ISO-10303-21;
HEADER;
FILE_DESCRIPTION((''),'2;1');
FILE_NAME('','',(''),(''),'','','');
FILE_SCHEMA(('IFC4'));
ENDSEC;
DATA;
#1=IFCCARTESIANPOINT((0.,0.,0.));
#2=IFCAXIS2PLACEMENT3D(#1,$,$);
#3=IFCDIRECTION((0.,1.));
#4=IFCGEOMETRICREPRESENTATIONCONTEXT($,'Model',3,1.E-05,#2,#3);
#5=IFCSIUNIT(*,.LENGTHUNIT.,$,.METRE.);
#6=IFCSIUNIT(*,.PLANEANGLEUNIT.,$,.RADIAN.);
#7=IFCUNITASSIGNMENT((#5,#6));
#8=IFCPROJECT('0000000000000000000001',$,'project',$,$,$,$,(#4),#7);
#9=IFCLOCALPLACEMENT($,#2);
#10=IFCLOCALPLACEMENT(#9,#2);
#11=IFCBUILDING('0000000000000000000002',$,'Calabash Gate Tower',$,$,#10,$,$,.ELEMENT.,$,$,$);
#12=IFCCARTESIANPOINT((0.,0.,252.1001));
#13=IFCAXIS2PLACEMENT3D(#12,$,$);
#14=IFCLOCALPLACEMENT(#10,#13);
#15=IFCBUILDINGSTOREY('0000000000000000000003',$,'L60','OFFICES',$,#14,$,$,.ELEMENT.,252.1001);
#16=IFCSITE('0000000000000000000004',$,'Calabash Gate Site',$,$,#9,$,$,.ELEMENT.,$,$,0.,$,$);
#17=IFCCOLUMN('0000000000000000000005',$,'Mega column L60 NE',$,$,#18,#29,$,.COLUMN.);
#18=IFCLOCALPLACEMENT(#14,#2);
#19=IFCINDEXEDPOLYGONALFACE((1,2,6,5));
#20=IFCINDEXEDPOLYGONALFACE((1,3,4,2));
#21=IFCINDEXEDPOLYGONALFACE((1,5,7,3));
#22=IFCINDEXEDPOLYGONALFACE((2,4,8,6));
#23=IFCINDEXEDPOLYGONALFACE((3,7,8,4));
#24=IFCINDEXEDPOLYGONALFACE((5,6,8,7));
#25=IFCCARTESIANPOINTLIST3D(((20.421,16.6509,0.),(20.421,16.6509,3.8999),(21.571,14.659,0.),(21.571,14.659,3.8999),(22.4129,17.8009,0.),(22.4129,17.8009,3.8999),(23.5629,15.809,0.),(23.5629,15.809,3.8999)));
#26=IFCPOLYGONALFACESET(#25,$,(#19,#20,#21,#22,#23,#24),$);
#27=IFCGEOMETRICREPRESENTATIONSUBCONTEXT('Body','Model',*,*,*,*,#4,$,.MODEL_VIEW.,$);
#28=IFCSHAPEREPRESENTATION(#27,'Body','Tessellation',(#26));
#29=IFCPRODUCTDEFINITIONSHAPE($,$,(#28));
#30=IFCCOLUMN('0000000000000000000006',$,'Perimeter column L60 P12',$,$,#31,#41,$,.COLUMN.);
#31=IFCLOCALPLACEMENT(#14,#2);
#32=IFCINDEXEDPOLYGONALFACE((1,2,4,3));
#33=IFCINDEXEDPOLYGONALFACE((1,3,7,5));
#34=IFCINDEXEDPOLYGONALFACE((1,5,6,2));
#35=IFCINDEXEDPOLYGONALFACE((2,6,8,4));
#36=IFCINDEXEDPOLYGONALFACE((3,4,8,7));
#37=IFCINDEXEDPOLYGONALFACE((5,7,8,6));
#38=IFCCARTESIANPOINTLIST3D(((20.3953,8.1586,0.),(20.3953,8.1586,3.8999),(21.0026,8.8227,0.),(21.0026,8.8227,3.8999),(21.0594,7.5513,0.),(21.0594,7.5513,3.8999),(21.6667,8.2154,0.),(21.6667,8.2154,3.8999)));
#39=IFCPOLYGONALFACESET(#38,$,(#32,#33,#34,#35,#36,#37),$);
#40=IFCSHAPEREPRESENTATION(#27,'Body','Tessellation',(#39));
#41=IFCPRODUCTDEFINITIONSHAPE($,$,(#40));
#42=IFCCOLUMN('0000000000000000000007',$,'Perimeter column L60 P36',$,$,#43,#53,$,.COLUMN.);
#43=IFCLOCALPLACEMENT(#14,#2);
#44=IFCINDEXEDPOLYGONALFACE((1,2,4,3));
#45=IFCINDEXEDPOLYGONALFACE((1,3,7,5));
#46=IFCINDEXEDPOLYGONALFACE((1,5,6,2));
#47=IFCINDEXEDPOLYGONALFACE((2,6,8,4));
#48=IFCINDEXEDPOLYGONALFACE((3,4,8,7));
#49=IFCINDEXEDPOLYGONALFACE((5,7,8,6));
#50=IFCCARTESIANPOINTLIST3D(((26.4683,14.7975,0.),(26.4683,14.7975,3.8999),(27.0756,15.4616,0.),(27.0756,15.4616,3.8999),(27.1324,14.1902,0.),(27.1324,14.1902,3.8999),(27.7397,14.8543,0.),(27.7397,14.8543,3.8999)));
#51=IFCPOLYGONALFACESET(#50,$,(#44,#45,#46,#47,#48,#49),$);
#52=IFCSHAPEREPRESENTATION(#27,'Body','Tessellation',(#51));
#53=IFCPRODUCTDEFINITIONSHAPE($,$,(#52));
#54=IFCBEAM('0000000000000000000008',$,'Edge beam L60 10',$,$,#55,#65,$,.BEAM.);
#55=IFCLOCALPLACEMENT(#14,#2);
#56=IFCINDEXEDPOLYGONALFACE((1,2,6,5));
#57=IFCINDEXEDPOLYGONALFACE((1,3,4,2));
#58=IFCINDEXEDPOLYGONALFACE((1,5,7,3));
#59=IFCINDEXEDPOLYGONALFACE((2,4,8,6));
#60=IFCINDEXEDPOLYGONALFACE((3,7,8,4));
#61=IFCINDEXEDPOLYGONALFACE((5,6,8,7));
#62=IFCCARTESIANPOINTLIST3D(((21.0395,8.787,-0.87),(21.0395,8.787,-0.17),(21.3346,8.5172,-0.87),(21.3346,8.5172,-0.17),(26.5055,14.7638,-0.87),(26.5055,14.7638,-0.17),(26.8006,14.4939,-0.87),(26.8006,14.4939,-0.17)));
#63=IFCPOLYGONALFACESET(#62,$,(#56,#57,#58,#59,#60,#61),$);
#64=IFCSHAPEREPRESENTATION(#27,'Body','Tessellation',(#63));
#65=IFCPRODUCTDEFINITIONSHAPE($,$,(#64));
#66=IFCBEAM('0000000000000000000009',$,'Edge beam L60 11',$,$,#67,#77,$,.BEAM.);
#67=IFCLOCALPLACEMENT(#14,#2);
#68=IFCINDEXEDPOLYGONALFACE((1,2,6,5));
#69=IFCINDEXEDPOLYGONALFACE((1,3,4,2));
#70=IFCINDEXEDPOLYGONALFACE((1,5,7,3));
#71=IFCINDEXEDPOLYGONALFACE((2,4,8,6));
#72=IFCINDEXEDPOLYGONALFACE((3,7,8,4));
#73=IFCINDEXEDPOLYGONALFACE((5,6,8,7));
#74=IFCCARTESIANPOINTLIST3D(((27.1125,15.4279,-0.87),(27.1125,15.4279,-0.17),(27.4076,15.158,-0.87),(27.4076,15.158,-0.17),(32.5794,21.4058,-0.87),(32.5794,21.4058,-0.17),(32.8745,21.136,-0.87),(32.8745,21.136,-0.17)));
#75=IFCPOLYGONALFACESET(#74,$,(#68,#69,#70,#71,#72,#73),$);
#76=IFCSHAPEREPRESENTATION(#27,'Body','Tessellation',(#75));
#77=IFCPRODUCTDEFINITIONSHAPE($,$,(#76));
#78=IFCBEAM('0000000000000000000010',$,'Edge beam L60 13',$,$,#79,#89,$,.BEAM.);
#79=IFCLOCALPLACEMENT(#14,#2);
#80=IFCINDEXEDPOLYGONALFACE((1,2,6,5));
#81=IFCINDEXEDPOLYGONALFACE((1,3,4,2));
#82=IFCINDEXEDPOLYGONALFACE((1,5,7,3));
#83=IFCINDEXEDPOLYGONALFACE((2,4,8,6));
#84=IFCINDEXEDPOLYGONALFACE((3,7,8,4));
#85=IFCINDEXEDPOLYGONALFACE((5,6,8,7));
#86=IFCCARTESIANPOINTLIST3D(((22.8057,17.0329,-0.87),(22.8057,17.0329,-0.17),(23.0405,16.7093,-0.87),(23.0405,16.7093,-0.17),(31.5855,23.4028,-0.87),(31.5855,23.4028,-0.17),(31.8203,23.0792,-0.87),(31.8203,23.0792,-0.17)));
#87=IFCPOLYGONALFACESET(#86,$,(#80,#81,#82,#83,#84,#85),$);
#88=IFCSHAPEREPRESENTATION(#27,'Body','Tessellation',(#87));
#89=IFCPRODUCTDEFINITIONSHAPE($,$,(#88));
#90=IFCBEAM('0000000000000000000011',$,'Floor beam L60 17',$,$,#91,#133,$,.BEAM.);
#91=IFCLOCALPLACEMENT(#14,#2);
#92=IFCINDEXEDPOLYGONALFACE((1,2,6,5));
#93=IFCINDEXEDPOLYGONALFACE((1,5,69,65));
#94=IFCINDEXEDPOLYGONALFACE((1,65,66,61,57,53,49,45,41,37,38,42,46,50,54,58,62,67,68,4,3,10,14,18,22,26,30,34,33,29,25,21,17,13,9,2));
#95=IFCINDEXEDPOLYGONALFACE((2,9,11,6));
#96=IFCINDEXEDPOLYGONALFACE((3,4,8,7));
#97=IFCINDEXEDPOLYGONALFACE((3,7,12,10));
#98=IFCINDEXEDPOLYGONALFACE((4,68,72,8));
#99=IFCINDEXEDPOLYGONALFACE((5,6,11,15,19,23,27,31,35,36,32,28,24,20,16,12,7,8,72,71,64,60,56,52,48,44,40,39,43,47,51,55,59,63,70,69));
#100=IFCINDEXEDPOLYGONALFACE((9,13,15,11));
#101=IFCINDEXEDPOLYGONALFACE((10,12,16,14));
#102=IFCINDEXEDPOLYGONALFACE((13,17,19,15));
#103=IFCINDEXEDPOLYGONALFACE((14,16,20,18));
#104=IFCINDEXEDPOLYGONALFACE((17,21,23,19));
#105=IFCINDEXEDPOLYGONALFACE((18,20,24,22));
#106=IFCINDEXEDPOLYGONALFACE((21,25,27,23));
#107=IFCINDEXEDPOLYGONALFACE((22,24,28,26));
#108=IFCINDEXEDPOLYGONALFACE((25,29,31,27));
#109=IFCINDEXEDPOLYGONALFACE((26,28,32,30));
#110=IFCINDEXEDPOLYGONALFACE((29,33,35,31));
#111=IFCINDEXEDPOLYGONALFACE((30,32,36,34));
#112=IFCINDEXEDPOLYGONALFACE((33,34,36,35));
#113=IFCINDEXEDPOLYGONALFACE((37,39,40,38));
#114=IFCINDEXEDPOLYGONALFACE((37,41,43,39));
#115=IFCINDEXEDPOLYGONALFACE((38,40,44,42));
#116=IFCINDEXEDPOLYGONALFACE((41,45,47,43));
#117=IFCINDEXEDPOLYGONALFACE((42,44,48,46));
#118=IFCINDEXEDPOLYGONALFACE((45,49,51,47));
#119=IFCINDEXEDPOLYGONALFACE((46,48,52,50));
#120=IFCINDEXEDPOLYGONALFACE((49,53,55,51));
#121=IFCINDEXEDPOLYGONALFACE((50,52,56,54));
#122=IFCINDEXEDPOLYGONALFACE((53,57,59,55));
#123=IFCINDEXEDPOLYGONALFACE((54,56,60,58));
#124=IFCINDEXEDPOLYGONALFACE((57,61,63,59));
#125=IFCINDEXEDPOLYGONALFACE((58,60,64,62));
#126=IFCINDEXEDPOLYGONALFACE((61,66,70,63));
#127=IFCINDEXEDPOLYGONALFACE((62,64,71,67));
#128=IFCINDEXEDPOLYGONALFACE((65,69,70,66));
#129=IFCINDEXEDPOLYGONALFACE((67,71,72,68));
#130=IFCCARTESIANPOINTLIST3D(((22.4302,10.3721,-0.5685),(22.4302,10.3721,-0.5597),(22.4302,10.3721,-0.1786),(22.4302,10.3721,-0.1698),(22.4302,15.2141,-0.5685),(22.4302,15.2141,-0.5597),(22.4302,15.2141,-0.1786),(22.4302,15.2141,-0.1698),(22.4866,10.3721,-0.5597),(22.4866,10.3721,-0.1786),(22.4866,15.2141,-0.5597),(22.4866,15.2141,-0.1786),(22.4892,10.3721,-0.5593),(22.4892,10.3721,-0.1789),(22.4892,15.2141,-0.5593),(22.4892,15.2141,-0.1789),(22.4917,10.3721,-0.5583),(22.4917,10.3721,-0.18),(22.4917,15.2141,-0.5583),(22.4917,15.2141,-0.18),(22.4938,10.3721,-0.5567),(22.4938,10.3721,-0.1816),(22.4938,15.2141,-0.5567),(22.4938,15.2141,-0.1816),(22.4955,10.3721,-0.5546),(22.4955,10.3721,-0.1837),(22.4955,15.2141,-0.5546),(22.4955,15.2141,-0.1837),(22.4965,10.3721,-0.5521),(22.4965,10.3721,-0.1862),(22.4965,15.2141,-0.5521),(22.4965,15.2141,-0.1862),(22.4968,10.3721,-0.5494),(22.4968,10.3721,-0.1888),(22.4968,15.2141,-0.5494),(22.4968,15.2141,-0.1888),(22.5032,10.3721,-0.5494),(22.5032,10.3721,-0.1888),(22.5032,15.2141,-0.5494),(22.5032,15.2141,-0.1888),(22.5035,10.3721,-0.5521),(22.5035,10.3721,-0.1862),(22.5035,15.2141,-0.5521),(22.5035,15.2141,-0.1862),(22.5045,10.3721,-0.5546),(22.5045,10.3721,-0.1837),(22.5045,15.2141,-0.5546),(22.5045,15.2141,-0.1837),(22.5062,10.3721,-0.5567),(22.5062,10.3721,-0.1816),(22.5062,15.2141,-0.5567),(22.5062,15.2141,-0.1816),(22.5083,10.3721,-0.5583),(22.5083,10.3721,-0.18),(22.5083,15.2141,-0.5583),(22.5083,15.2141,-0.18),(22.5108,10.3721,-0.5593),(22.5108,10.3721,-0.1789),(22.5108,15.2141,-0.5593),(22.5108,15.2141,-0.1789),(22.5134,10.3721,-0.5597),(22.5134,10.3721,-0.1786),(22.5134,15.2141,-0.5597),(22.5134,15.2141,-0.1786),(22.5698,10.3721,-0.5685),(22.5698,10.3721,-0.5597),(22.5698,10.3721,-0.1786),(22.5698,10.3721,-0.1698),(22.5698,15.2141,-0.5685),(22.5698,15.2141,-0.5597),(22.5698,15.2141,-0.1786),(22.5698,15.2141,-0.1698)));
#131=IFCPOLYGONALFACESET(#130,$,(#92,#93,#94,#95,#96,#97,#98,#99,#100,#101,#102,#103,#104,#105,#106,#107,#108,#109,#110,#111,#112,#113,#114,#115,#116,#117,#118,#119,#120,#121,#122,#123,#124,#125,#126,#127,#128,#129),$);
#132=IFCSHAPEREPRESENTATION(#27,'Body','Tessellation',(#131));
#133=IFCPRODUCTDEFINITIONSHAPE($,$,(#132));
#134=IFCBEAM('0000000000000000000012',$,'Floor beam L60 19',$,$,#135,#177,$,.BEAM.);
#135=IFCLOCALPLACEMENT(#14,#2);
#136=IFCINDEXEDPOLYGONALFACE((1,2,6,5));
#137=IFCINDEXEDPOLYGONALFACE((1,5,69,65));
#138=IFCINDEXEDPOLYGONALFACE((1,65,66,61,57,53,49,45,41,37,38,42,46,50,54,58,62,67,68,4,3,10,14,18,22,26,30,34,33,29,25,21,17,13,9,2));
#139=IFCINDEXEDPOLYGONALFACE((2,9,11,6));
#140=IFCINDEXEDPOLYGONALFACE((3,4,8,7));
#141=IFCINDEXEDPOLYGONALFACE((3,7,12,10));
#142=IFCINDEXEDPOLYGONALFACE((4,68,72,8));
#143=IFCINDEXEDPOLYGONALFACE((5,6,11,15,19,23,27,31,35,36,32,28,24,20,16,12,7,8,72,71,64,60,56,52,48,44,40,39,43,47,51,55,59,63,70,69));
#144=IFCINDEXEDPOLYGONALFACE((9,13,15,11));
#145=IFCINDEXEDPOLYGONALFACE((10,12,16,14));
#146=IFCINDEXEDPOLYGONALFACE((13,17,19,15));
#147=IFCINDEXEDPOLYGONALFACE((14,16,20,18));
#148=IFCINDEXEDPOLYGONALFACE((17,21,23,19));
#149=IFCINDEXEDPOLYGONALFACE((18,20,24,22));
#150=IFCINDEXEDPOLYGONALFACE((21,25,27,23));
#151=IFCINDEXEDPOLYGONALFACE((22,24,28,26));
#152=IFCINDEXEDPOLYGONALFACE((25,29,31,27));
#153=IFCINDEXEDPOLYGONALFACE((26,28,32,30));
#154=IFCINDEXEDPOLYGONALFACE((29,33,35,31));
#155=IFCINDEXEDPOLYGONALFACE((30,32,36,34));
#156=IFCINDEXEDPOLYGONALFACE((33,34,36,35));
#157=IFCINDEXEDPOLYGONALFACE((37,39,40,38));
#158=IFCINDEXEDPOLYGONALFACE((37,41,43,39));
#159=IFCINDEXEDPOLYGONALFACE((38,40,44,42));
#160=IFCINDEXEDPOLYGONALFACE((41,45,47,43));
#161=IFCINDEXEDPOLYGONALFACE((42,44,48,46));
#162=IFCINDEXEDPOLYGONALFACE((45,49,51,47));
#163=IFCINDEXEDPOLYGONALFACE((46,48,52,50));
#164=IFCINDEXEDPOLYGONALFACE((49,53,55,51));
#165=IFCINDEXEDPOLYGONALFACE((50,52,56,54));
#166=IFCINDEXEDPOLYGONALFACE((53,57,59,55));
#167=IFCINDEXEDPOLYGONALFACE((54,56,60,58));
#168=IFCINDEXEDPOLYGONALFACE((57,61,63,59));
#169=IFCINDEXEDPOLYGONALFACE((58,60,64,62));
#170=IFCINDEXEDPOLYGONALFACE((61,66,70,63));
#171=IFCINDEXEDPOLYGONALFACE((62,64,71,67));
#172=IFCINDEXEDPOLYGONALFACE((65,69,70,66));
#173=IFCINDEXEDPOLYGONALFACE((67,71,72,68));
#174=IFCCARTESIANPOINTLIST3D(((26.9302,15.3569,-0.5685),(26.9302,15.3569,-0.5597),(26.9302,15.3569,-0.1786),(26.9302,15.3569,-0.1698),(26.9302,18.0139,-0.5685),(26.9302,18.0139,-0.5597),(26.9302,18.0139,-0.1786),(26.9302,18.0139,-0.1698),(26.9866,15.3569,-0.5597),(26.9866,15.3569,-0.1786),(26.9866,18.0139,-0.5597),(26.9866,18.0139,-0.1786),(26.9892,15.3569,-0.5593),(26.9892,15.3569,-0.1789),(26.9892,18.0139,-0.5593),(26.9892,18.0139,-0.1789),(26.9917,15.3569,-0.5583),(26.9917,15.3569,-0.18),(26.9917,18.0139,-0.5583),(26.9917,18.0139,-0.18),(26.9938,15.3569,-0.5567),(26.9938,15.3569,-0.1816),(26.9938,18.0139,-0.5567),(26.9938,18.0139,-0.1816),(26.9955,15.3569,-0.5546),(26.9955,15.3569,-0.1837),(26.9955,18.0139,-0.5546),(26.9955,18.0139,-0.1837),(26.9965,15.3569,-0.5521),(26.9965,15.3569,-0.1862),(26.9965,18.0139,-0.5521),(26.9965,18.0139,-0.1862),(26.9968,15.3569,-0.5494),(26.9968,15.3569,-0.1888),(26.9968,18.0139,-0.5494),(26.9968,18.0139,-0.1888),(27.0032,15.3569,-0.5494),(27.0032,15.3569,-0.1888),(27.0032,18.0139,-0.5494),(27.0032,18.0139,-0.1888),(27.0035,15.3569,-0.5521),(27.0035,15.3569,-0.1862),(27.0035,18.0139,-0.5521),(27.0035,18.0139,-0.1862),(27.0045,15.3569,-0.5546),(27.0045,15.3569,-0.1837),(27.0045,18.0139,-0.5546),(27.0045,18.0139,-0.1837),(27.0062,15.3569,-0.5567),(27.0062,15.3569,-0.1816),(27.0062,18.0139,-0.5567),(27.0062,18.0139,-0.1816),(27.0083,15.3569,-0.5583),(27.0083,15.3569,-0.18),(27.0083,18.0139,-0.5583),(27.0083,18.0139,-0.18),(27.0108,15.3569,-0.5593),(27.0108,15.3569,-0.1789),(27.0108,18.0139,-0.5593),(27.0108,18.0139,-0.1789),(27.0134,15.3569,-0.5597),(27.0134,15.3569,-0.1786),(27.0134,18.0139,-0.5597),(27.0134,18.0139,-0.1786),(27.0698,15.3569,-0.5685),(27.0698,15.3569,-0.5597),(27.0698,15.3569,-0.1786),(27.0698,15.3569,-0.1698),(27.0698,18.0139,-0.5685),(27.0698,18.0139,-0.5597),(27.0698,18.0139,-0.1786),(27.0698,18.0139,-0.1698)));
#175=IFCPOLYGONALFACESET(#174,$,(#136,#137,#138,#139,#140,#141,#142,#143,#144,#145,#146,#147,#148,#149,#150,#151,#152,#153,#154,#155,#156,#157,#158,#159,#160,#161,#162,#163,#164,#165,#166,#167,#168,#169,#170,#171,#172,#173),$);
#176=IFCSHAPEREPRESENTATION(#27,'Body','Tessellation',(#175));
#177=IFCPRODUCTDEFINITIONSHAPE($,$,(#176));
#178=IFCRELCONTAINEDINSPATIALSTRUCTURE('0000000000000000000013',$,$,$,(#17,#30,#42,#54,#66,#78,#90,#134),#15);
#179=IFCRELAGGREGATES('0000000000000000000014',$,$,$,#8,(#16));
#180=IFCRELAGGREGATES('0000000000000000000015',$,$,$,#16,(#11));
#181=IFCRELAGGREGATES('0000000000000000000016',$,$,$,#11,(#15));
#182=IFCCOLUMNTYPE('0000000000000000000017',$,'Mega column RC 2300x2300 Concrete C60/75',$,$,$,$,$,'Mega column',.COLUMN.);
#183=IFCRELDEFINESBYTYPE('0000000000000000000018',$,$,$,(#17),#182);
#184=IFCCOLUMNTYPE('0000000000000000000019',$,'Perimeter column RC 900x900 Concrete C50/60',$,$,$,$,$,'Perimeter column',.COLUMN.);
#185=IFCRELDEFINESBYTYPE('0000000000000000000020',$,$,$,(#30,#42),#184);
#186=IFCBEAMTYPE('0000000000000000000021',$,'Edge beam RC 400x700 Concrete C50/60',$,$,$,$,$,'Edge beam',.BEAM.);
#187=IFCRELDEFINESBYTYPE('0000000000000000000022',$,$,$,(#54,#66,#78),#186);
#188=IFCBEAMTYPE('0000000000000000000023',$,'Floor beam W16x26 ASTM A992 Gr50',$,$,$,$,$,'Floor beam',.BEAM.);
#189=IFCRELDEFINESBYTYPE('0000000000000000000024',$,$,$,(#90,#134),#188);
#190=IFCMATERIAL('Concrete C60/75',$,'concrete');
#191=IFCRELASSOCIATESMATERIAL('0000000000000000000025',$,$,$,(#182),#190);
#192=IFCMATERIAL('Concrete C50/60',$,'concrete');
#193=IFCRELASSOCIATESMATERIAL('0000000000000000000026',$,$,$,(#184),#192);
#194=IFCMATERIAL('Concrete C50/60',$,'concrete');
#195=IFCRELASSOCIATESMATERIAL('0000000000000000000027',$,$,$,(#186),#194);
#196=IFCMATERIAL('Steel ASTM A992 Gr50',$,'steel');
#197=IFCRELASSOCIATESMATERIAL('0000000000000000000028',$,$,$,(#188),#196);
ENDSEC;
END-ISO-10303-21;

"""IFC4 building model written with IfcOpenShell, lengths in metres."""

from ifc_helpers import new_model, si_unit, direction, frame, origin, origin_2d, place, context, subcontext, project, spatial, rectangle, i_section, extrude, material, material_profile, profile_set, type_object, element, save


model = new_model("IFC4")

# Units and contexts
model_context = context("Model", 3, precision=1e-05, world=origin(), true_north=direction((0.0, 1.0)))
body_context = subcontext(model_context, "Body", "Model", "MODEL_VIEW")
ifc_project = project(units=[si_unit("LENGTHUNIT", "METRE"), si_unit("PLANEANGLEUNIT", "RADIAN")], contexts=[model_context])

# Site, building, storey
site_placement = place(None, origin())
site = spatial("IfcSite", under=ifc_project, at=site_placement, Name="Calabash Gate Site", CompositionType="ELEMENT", RefElevation=0.0)
building_placement = place(site_placement, origin())
building = spatial("IfcBuilding", under=site, at=building_placement, Name="Calabash Gate Tower", CompositionType="ELEMENT")
storey_placement = place(building_placement, frame((0.0, 0.0, 252.1001)))
storey = spatial("IfcBuildingStorey", under=building, at=storey_placement, Name="L60", Description="OFFICES", CompositionType="ELEMENT", Elevation=252.1001)

# Columns
ifc_material_1 = material(Name="Concrete C60/75", Category="concrete")
ifc_material_profile_1 = material_profile(ifc_material_1, rectangle(XDim=2.3, YDim=2.3, at=origin_2d()))
ifc_profile_set_1 = profile_set([ifc_material_profile_1], Name="Concrete C60/75")
column_type_1 = type_object("IfcColumnType", Name="Mega column RC 2300x2300 Concrete C60/75", ElementType="Mega column", PredefinedType="COLUMN", material=ifc_profile_set_1)
column_placement = place(storey_placement, frame((21.9919, 16.23, 0.0), z_axis=(0.0, 0.0, 1.0), x_axis=(-0.866025, -0.5, 0.0)))
element("IfcColumn", 1, at=column_placement, inside=storey, type_object=column_type_1, Name="Mega column L60 NE", PredefinedType="COLUMN", context=body_context, shape_type="SweptSolid", body=[
    extrude(rectangle(XDim=2.3, YDim=2.3, at=origin_2d()), origin(), (0.0, 0.0, 1.0), 3.8999),
])
ifc_material_2 = material(Name="Concrete C50/60", Category="concrete")
ifc_material_profile_2 = material_profile(ifc_material_2, rectangle(XDim=0.8999, YDim=0.8999, at=origin_2d()))
ifc_profile_set_2 = profile_set([ifc_material_profile_2], Name="Concrete C50/60")
column_type_2 = type_object("IfcColumnType", Name="Perimeter column RC 900x900 Concrete C50/60", ElementType="Perimeter column", PredefinedType="COLUMN", material=ifc_profile_set_2)
for number, where, z_axis, x_axis, name in (
    (2, (21.031, 8.187, 0.0), (0.0, 0.0, 1.0), (0.674856, 0.737949, 0.0), "Perimeter column L60 P12"),
    (3, (27.104, 14.8259, 0.0), (0.0, 0.0, 1.0), (0.674856, 0.737949, 0.0), "Perimeter column L60 P36"),
):
    element("IfcColumn", number, at=place(storey_placement, frame(where, z_axis=z_axis, x_axis=x_axis)), inside=storey, type_object=column_type_2, Name=name, PredefinedType="COLUMN", context=body_context, shape_type="SweptSolid", body=[
        extrude(rectangle(XDim=0.8999, YDim=0.8999, at=origin_2d()), origin(), (0.0, 0.0, 1.0), 3.8999),
    ])

# Beams
ifc_material_3 = material(Name="Concrete C50/60", Category="concrete")
ifc_material_profile_3 = material_profile(ifc_material_3, rectangle(XDim=0.3999, YDim=0.7, at=origin_2d()))
ifc_profile_set_3 = profile_set([ifc_material_profile_3], Name="Concrete C50/60")
beam_type_1 = type_object("IfcBeamType", Name="Edge beam RC 400x700 Concrete C50/60", ElementType="Edge beam", PredefinedType="BEAM", material=ifc_profile_set_3)
beam_1_placement = place(storey_placement, frame((21.187, 8.6521, -0.52), z_axis=(0.674874, 0.737933, 0.0), x_axis=(-0.737933, 0.674874, 0.0)))
element("IfcBeam", 4, at=beam_1_placement, inside=storey, type_object=beam_type_1, Name="Edge beam L60 10", PredefinedType="BEAM", context=body_context, shape_type="SweptSolid", body=[
    extrude(rectangle(XDim=0.3999, YDim=0.7, at=origin_2d()), origin(), (0.0, 0.0, 1.0), 8.0994),
])
beam_2_placement = place(storey_placement, frame((27.26, 15.293, -0.52), z_axis=(0.674864, 0.737942, 0.0), x_axis=(-0.737942, 0.674864, 0.0)))
element("IfcBeam", 5, at=beam_2_placement, inside=storey, type_object=beam_type_1, Name="Edge beam L60 11", PredefinedType="BEAM", context=body_context, shape_type="SweptSolid", body=[
    extrude(rectangle(XDim=0.3999, YDim=0.7, at=origin_2d()), origin(), (0.0, 0.0, 1.0), 8.1008),
])
beam_3_placement = place(storey_placement, frame((22.9231, 16.8711, -0.52), z_axis=(0.809412, 0.587241, 0.0), x_axis=(-0.587241, 0.809412, 0.0)))
element("IfcBeam", 6, at=beam_3_placement, inside=storey, type_object=beam_type_1, Name="Edge beam L60 13", PredefinedType="BEAM", context=body_context, shape_type="SweptSolid", body=[
    extrude(rectangle(XDim=0.3999, YDim=0.7, at=origin_2d()), origin(), (0.0, 0.0, 1.0), 10.8472),
])
ifc_material_4 = material(Name="Steel ASTM A992 Gr50", Category="steel")
ifc_material_profile_4 = material_profile(ifc_material_4, i_section(OverallWidth=0.1396, OverallDepth=0.3987, WebThickness=0.0063, FlangeThickness=0.0088, FilletRadius=0.0103, at=origin_2d()))
ifc_profile_set_4 = profile_set([ifc_material_profile_4], Name="Steel ASTM A992 Gr50")
beam_type_2 = type_object("IfcBeamType", Name="Floor beam W16x26 ASTM A992 Gr50", ElementType="Floor beam", PredefinedType="BEAM", material=ifc_profile_set_4)
beam_4_placement = place(storey_placement, frame((22.5, 10.3721, -0.3691), z_axis=(0.0, 1.0, 0.0), x_axis=(-1.0, 0.0, 0.0)))
element("IfcBeam", 7, at=beam_4_placement, inside=storey, type_object=beam_type_2, Name="Floor beam L60 17", PredefinedType="BEAM", context=body_context, shape_type="SweptSolid", body=[
    extrude(i_section(OverallWidth=0.1396, OverallDepth=0.3987, WebThickness=0.0063, FlangeThickness=0.0088, FilletRadius=0.0103, at=origin_2d()), origin(), (0.0, 0.0, 1.0), 4.842),
])
beam_5_placement = place(storey_placement, frame((27.0, 15.3569, -0.3691), z_axis=(0.0, 1.0, 0.0), x_axis=(-1.0, 0.0, 0.0)))
element("IfcBeam", 8, at=beam_5_placement, inside=storey, type_object=beam_type_2, Name="Floor beam L60 19", PredefinedType="BEAM", context=body_context, shape_type="SweptSolid", body=[
    extrude(i_section(OverallWidth=0.1396, OverallDepth=0.3987, WebThickness=0.0063, FlangeThickness=0.0088, FilletRadius=0.0103, at=origin_2d()), origin(), (0.0, 0.0, 1.0), 2.657),
])

save(model, "model.ifc")
